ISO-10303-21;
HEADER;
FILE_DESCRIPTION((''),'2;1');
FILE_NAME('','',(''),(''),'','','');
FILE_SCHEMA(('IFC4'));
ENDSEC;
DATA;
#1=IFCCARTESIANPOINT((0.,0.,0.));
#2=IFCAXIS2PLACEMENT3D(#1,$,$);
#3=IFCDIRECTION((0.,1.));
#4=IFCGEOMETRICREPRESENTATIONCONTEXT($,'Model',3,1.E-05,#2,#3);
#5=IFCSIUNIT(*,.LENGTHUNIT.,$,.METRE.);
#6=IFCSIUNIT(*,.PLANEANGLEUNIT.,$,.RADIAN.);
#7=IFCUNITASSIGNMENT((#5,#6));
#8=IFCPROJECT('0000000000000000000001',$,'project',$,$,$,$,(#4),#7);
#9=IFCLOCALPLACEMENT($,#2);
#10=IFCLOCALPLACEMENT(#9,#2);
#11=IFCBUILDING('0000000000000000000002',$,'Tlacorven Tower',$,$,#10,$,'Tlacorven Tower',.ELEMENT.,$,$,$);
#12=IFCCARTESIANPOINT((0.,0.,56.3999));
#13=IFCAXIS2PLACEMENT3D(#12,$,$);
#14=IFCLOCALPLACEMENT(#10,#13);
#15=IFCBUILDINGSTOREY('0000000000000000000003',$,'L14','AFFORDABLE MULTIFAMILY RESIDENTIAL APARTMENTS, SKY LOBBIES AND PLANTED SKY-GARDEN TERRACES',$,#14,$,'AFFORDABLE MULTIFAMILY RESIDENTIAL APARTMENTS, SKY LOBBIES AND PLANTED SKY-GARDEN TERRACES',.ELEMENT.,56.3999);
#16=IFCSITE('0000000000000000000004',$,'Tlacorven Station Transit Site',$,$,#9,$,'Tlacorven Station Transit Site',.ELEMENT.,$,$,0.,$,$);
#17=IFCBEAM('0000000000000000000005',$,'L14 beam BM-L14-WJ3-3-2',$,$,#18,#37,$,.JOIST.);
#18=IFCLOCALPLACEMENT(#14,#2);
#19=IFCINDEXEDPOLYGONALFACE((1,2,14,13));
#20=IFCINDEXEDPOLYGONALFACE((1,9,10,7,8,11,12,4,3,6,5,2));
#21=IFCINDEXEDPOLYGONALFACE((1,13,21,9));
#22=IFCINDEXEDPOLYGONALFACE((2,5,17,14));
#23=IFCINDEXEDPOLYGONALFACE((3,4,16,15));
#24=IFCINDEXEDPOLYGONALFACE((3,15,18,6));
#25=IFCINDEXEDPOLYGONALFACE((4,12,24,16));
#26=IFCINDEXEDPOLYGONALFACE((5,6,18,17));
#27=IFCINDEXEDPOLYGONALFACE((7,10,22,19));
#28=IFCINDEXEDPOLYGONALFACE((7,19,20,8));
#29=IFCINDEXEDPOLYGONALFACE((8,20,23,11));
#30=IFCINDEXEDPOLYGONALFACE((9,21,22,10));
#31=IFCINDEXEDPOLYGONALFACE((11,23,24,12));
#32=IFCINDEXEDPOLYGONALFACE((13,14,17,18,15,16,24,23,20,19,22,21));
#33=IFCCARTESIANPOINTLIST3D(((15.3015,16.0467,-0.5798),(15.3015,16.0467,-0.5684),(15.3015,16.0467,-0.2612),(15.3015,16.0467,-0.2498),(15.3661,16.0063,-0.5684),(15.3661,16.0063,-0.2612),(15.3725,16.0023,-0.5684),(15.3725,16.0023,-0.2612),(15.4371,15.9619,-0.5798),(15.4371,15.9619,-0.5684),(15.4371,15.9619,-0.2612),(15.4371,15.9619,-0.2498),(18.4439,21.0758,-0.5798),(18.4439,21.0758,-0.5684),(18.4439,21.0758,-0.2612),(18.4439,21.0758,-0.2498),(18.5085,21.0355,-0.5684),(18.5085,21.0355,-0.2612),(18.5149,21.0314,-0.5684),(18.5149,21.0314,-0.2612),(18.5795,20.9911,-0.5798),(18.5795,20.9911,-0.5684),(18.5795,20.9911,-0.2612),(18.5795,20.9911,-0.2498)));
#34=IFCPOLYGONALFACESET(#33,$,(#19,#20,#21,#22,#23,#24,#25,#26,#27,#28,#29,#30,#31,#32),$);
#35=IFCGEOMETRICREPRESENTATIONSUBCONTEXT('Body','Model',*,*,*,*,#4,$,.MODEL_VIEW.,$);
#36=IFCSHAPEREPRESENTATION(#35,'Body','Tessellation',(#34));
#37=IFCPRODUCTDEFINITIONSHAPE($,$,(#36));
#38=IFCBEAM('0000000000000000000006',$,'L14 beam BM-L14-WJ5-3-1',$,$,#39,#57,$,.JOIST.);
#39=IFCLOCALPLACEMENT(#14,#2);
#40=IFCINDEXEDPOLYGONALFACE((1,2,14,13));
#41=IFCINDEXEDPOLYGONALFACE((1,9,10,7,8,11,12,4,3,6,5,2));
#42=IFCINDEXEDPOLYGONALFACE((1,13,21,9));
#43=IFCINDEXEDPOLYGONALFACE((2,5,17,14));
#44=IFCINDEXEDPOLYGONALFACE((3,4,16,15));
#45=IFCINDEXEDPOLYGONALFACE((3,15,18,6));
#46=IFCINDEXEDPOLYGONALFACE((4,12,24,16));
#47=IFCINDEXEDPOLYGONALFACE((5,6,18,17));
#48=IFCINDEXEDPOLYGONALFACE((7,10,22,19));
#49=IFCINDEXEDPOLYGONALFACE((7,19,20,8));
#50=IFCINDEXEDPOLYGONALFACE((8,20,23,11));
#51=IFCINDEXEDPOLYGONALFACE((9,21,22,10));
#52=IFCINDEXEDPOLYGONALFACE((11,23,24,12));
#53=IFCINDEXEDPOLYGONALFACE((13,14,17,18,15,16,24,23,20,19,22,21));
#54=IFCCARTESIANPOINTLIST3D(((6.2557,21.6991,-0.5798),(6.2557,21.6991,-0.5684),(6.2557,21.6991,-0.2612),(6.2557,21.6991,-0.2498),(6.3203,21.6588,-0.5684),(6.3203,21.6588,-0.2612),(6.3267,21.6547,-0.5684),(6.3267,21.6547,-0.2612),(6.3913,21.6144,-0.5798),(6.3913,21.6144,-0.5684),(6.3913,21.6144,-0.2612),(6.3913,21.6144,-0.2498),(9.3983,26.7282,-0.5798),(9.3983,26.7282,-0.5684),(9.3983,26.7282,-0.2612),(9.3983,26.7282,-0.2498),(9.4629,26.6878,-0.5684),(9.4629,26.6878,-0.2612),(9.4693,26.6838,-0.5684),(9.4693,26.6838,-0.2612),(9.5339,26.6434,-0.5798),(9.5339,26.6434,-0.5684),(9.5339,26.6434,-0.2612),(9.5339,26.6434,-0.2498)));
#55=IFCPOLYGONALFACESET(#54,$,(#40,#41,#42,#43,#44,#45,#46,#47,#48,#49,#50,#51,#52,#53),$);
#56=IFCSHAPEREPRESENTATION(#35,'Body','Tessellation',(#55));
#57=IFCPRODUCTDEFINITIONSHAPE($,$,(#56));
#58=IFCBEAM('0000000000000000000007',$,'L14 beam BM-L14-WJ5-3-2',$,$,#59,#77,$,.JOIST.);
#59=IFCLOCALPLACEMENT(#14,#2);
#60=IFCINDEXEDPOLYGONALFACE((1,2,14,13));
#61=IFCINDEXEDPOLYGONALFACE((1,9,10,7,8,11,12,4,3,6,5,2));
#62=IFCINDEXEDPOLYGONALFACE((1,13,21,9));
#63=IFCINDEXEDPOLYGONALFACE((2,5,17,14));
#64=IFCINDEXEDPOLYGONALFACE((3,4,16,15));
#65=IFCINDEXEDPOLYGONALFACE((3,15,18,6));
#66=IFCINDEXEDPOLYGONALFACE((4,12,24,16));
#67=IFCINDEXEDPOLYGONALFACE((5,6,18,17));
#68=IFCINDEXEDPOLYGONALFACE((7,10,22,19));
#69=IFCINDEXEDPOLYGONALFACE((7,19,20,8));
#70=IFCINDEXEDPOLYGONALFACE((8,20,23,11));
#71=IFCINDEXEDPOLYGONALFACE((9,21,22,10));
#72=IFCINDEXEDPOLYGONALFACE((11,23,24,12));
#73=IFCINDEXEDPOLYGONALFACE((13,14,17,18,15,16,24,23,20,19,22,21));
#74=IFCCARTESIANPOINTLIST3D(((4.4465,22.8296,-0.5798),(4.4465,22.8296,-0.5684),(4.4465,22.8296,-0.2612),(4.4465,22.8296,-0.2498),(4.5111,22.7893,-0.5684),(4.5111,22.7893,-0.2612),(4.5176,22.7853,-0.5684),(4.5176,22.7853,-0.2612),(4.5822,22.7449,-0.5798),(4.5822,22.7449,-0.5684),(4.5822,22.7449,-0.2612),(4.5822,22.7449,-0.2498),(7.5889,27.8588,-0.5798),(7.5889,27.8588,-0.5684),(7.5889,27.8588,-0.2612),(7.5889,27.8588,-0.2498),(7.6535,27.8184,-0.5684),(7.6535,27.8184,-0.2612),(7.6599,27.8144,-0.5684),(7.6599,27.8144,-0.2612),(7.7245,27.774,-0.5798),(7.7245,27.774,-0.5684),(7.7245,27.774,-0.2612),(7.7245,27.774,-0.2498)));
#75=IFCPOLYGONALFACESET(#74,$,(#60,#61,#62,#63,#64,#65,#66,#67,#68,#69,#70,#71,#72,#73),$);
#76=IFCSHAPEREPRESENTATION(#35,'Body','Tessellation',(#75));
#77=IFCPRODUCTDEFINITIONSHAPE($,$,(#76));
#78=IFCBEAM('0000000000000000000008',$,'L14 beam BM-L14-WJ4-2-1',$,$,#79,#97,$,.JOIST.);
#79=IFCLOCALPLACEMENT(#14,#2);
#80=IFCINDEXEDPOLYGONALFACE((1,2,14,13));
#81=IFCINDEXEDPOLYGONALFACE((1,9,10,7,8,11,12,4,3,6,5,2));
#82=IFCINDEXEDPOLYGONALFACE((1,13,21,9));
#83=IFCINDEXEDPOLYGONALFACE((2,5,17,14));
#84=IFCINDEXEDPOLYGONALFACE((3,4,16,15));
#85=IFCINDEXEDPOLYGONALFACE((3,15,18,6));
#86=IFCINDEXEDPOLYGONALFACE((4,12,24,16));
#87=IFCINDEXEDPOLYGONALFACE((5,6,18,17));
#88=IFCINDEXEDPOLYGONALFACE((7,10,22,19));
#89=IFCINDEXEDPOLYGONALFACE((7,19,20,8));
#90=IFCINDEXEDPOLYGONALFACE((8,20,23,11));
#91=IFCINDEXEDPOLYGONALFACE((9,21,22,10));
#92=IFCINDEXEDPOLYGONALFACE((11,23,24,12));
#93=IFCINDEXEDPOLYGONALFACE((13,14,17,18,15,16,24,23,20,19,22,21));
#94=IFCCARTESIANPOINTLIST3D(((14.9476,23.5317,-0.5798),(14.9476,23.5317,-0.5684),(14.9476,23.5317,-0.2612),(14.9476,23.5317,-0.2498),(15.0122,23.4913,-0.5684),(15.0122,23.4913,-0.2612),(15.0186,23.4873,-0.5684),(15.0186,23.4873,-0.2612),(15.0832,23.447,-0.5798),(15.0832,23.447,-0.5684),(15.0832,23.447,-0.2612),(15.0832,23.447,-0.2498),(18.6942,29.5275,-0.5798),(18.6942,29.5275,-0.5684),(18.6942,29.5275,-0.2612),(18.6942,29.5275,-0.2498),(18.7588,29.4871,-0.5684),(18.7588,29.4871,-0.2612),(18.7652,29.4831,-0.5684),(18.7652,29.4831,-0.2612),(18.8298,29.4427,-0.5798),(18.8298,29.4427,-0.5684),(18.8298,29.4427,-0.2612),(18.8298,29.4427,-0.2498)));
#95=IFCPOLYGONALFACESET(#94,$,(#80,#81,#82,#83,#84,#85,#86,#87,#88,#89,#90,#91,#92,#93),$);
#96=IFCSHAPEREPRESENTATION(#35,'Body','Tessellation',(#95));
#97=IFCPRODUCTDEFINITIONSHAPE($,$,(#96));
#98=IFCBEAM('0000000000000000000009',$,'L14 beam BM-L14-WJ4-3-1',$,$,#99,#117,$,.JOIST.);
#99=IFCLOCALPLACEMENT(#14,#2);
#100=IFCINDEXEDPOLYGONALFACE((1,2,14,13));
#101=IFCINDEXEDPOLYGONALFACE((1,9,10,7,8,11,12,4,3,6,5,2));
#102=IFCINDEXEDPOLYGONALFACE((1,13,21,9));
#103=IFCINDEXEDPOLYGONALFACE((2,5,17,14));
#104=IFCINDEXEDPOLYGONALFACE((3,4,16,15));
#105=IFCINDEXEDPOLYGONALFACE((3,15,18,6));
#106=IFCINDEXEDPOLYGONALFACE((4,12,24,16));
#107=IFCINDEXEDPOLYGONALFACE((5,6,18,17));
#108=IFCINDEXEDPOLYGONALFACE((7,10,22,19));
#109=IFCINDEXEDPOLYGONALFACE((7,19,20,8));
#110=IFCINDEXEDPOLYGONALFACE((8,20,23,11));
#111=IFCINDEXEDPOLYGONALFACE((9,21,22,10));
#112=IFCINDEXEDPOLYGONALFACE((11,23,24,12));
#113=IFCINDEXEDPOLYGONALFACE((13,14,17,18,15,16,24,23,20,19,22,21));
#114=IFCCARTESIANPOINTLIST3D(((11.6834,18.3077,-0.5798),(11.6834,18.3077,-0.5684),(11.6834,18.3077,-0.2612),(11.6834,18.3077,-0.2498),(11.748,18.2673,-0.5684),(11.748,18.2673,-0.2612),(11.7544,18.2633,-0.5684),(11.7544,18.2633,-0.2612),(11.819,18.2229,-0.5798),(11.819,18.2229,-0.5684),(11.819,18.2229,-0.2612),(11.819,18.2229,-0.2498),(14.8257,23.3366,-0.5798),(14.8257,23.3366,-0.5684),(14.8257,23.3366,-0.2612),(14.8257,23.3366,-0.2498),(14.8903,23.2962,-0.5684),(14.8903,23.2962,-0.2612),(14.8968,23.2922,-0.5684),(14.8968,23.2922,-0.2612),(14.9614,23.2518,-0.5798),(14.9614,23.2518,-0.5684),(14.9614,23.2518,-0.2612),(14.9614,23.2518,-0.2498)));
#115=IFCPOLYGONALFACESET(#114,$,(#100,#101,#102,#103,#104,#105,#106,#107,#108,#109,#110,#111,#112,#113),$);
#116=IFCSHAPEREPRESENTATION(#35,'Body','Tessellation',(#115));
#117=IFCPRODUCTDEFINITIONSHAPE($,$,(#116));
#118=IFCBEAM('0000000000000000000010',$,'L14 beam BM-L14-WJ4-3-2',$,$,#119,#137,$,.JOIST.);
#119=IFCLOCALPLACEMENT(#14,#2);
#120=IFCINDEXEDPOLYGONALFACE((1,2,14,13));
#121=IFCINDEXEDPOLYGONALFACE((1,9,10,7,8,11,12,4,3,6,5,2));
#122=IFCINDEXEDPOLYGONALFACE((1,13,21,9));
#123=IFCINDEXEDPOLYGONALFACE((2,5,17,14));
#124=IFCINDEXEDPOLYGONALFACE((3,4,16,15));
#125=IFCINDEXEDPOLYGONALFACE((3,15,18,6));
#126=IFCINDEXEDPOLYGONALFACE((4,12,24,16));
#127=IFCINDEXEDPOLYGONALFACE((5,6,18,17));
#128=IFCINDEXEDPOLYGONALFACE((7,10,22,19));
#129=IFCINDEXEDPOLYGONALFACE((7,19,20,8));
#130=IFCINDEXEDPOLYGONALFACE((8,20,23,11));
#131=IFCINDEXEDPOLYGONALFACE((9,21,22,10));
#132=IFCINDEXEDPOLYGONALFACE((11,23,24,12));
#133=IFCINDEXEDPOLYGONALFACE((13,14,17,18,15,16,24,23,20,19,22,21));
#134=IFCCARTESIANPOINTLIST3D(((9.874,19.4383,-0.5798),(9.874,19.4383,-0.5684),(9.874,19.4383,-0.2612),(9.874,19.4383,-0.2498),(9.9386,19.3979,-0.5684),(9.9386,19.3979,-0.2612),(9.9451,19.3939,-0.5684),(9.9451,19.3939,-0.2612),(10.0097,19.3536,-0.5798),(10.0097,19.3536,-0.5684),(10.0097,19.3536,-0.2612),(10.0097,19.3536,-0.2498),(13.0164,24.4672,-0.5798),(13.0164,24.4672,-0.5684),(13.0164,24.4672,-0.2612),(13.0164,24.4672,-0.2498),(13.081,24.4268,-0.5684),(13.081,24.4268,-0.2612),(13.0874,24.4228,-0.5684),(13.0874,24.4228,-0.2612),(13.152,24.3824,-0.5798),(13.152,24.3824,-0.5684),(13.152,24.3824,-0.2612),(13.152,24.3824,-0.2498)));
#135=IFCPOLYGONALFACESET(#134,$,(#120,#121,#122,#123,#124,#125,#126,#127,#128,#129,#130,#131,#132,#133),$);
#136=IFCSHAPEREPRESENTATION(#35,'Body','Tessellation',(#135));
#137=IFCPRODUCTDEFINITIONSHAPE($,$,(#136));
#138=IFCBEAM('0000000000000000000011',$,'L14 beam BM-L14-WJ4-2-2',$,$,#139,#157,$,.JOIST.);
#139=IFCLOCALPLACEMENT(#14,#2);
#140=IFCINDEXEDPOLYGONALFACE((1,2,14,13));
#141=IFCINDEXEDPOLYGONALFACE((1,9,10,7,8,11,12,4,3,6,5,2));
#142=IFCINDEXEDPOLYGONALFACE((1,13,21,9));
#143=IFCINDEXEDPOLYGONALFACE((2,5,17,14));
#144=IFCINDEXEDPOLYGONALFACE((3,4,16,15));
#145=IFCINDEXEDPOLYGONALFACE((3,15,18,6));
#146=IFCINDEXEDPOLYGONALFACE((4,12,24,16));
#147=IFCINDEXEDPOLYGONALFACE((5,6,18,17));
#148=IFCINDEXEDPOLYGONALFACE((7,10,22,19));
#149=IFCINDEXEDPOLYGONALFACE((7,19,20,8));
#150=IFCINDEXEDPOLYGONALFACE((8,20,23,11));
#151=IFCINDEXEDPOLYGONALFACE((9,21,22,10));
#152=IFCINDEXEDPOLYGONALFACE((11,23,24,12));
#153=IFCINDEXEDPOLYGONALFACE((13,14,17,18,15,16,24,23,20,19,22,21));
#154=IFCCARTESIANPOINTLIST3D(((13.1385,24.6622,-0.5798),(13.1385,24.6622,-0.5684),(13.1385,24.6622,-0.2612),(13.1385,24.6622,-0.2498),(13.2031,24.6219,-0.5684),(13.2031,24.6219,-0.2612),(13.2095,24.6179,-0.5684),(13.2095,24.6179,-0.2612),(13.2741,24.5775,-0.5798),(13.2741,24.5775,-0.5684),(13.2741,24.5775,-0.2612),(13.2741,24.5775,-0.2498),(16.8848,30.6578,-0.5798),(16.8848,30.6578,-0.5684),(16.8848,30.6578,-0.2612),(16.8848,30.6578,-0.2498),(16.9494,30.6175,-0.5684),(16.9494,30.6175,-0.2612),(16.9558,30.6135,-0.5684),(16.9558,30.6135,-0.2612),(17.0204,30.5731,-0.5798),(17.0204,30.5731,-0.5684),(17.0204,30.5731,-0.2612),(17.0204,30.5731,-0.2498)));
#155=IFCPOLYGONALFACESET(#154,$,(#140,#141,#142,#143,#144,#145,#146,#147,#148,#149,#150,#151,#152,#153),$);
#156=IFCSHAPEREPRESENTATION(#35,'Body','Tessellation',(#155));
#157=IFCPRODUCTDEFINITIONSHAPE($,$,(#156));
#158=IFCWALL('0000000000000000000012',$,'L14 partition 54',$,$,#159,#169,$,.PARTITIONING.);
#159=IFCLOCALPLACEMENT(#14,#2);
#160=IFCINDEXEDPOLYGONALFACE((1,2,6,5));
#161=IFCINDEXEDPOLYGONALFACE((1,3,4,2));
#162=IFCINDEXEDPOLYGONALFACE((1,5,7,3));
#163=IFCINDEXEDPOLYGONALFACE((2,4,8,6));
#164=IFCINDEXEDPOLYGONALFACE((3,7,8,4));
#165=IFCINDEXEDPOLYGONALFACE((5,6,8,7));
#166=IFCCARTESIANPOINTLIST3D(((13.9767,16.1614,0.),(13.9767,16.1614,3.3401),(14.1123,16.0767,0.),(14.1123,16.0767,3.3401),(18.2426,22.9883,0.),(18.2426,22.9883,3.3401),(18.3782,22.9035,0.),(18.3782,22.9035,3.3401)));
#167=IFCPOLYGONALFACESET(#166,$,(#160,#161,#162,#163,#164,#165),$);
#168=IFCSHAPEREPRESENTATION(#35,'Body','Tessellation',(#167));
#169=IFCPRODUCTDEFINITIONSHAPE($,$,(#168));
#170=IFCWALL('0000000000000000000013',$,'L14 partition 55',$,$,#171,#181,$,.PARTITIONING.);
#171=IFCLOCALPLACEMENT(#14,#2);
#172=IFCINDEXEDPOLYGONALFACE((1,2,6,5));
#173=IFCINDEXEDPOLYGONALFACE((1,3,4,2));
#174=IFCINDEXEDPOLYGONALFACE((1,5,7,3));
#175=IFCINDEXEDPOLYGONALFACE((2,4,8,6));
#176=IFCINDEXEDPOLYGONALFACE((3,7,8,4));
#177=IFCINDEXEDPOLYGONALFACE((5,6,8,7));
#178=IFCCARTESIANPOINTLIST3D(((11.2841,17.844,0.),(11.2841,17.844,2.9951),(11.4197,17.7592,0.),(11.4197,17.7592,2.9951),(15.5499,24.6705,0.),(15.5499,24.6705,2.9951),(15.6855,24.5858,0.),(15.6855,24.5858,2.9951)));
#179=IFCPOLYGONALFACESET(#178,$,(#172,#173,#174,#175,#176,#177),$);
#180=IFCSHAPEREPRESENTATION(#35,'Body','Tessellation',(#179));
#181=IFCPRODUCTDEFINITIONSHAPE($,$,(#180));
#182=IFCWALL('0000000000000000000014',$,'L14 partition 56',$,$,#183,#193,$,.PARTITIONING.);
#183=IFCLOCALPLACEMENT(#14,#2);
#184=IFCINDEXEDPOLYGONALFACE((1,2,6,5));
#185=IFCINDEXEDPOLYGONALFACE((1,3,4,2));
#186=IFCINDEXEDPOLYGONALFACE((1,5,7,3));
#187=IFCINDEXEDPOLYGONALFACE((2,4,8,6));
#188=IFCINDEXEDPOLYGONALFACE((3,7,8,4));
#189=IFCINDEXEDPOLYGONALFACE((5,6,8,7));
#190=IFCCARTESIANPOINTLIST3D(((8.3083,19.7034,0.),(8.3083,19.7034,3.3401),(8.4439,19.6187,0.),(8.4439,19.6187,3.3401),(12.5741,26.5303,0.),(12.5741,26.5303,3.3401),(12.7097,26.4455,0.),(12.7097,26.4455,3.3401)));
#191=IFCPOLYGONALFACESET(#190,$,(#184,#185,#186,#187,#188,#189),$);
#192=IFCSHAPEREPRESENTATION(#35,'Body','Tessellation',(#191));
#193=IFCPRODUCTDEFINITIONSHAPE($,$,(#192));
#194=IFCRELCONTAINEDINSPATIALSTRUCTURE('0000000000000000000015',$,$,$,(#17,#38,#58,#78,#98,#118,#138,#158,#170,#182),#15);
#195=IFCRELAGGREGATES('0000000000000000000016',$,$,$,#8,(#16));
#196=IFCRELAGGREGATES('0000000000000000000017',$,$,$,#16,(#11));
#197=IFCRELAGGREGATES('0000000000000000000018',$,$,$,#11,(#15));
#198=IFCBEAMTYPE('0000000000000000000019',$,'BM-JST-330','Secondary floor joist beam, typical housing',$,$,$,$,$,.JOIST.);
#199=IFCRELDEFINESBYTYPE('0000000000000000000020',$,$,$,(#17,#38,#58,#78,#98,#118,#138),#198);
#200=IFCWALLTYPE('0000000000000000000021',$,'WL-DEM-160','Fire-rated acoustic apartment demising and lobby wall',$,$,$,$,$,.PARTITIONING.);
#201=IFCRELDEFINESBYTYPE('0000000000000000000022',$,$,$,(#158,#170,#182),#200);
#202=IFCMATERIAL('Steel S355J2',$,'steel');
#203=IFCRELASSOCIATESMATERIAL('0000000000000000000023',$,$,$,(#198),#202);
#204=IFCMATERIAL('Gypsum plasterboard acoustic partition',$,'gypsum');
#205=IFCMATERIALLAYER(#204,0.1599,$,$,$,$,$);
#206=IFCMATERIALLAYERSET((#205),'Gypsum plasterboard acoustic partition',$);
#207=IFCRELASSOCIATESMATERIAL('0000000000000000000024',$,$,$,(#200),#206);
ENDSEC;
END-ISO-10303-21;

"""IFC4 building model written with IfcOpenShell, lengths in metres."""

from ifc_helpers import new_model, si_unit, direction, frame, frame_2d, origin, origin_2d, place, context, subcontext, project, spatial, rectangle, i_section, extrude, source, transform, mapped, material, layer, layer_set, material_profile, profile_set, type_object, element, save


model = new_model("IFC4")

# Units and contexts
model_context = context("Model", 3, precision=1e-05, world=origin(), true_north=direction((0.0, 1.0)))
body_context = subcontext(model_context, "Body", "Model", "MODEL_VIEW")
ifc_project = project(units=[si_unit("LENGTHUNIT", "METRE"), si_unit("PLANEANGLEUNIT", "RADIAN")], contexts=[model_context])

# Site, building, storey
site_placement = place(None, origin())
site = spatial("IfcSite", under=ifc_project, at=site_placement, Name="Tlacorven Station Transit Site", LongName="Tlacorven Station Transit Site", CompositionType="ELEMENT", RefElevation=0.0)
building_placement = place(site_placement, origin())
building = spatial("IfcBuilding", under=site, at=building_placement, Name="Tlacorven Tower", LongName="Tlacorven Tower", CompositionType="ELEMENT")
storey_placement = place(building_placement, frame((0.0, 0.0, 56.3999)))
storey = spatial("IfcBuildingStorey", under=building, at=storey_placement, Name="L14", Description="AFFORDABLE MULTIFAMILY RESIDENTIAL APARTMENTS, SKY LOBBIES AND PLANTED SKY-GARDEN TERRACES", LongName="AFFORDABLE MULTIFAMILY RESIDENTIAL APARTMENTS, SKY LOBBIES AND PLANTED SKY-GARDEN TERRACES", CompositionType="ELEMENT", Elevation=56.3999)

# Beams
ifc_material_1 = material(Name="Steel S355J2", Category="steel")
ifc_material_profile_1 = material_profile(ifc_material_1, i_section(OverallWidth=0.1599, OverallDepth=0.3301, WebThickness=0.0076, FlangeThickness=0.0115, at=origin_2d()), Name="IPE 330")
ifc_profile_set_1 = profile_set([ifc_material_profile_1], Name="Steel S355J2")
beam_type_1 = type_object("IfcBeamType", Name="BM-JST-330", Description="Secondary floor joist beam, typical housing", PredefinedType="JOIST", material=ifc_profile_set_1)
shared_shape_1 = source(origin(), body_context, "Body", "SweptSolid", [
    extrude(i_section(OverallWidth=0.1599, OverallDepth=0.3301, WebThickness=0.0076, FlangeThickness=0.0115, at=origin_2d()), origin(), (0.0, 0.0, 1.0), 5.9302),
])
for number, where, z_axis, x_axis, name in (
    (1, (18.5117, 21.0334, -0.4148), (-0.529899, -0.848061, 0.0), (0.848061, -0.529899, 0.0), "L14 beam BM-L14-WJ3-3-2"),
    (2, (9.4661, 26.6858, -0.4148), (-0.529929, -0.848042, 0.0), (0.848042, -0.529929, 0.0), "L14 beam BM-L14-WJ5-3-1"),
    (3, (7.6567, 27.8164, -0.4148), (-0.529899, -0.848061, 0.0), (0.848061, -0.529899, 0.0), "L14 beam BM-L14-WJ5-3-2"),
):
    element("IfcBeam", number, at=place(storey_placement, frame(where, z_axis=z_axis, x_axis=x_axis)), inside=storey, type_object=beam_type_1, Name=name, PredefinedType="JOIST", context=body_context, shape_type="MappedRepresentation", body=[
        mapped(shared_shape_1, transform((0.0, 0.0, 0.0), scale=1.0)),
    ])
shared_shape_2 = source(origin(), body_context, "Body", "SweptSolid", [
    extrude(i_section(OverallWidth=0.1599, OverallDepth=0.3301, WebThickness=0.0076, FlangeThickness=0.0115, at=origin_2d()), origin(), (0.0, 0.0, 1.0), 7.0701),
])
beam_1_placement = place(storey_placement, frame((18.762, 29.4851, -0.4148), z_axis=(-0.529915, -0.848051, 0.0), x_axis=(0.848051, -0.529915, 0.0)))
element("IfcBeam", 4, at=beam_1_placement, inside=storey, type_object=beam_type_1, Name="L14 beam BM-L14-WJ4-2-1", PredefinedType="JOIST", context=body_context, shape_type="MappedRepresentation", body=[
    mapped(shared_shape_2, transform((0.0, 0.0, 0.0), scale=1.0)),
])
shared_shape_3 = source(origin(), body_context, "Body", "SweptSolid", [
    extrude(i_section(OverallWidth=0.1599, OverallDepth=0.3301, WebThickness=0.0076, FlangeThickness=0.0115, at=origin_2d()), origin(), (0.0, 0.0, 1.0), 5.9299),
])
for number, where, z_axis, x_axis, name in (
    (5, (14.8936, 23.2942, -0.4148), (-0.529918, -0.848049, 0.0), (0.848049, -0.529918, 0.0), "L14 beam BM-L14-WJ4-3-1"),
    (6, (13.0842, 24.4248, -0.4148), (-0.529918, -0.848049, 0.0), (0.848049, -0.529918, 0.0), "L14 beam BM-L14-WJ4-3-2"),
):
    element("IfcBeam", number, at=place(storey_placement, frame(where, z_axis=z_axis, x_axis=x_axis)), inside=storey, type_object=beam_type_1, Name=name, PredefinedType="JOIST", context=body_context, shape_type="MappedRepresentation", body=[
        mapped(shared_shape_3, transform((0.0, 0.0, 0.0), scale=1.0)),
    ])
shared_shape_4 = source(origin(), body_context, "Body", "SweptSolid", [
    extrude(i_section(OverallWidth=0.1599, OverallDepth=0.3301, WebThickness=0.0076, FlangeThickness=0.0115, at=origin_2d()), origin(), (0.0, 0.0, 1.0), 7.0698),
])
beam_2_placement = place(storey_placement, frame((16.9526, 30.6155, -0.4148), z_axis=(-0.529906, -0.848057, 0.0), x_axis=(0.848057, -0.529906, 0.0)))
element("IfcBeam", 7, at=beam_2_placement, inside=storey, type_object=beam_type_1, Name="L14 beam BM-L14-WJ4-2-2", PredefinedType="JOIST", context=body_context, shape_type="MappedRepresentation", body=[
    mapped(shared_shape_4, transform((0.0, 0.0, 0.0), scale=1.0)),
])

# Walls
ifc_material_2 = material(Name="Gypsum plasterboard acoustic partition", Category="gypsum")
ifc_layer_1 = layer(ifc_material_2, 0.1599)
ifc_layer_set_1 = layer_set([ifc_layer_1], Name="Gypsum plasterboard acoustic partition")
wall_type_1 = type_object("IfcWallType", Name="WL-DEM-160", Description="Fire-rated acoustic apartment demising and lobby wall", PredefinedType="PARTITIONING", material=ifc_layer_set_1)
wall_1_placement = place(storey_placement, frame((18.3103, 22.9458, 0.0), z_axis=(0.0, 0.0, 1.0), x_axis=(-0.529914, -0.848051, 0.0)))
element("IfcWall", 8, at=wall_1_placement, inside=storey, type_object=wall_type_1, Name="L14 partition 54", PredefinedType="PARTITIONING", context=body_context, shape_type="SweptSolid", body=[
    extrude(rectangle(XDim=8.05, YDim=0.1599, at=frame_2d((4.0249, 0.0))), origin(), (0.0, 0.0, 1.0), 3.3401),
])
wall_2_placement = place(storey_placement, frame((15.6177, 24.6282, 0.0), z_axis=(0.0, 0.0, 1.0), x_axis=(-0.529928, -0.848043, 0.0)))
element("IfcWall", 9, at=wall_2_placement, inside=storey, type_object=wall_type_1, Name="L14 partition 55", PredefinedType="PARTITIONING", context=body_context, shape_type="SweptSolid", body=[
    extrude(rectangle(XDim=8.0498, YDim=0.1599, at=frame_2d((4.0249, 0.0))), origin(), (0.0, 0.0, 1.0), 2.9951),
])
wall_3_placement = place(storey_placement, frame((12.6418, 26.4878, 0.0), z_axis=(0.0, 0.0, 1.0), x_axis=(-0.529914, -0.848051, 0.0)))
element("IfcWall", 10, at=wall_3_placement, inside=storey, type_object=wall_type_1, Name="L14 partition 56", PredefinedType="PARTITIONING", context=body_context, shape_type="SweptSolid", body=[
    extrude(rectangle(XDim=8.05, YDim=0.1599, at=frame_2d((4.0249, 0.0))), origin(), (0.0, 0.0, 1.0), 3.3401),
])

save(model, "model.ifc")
